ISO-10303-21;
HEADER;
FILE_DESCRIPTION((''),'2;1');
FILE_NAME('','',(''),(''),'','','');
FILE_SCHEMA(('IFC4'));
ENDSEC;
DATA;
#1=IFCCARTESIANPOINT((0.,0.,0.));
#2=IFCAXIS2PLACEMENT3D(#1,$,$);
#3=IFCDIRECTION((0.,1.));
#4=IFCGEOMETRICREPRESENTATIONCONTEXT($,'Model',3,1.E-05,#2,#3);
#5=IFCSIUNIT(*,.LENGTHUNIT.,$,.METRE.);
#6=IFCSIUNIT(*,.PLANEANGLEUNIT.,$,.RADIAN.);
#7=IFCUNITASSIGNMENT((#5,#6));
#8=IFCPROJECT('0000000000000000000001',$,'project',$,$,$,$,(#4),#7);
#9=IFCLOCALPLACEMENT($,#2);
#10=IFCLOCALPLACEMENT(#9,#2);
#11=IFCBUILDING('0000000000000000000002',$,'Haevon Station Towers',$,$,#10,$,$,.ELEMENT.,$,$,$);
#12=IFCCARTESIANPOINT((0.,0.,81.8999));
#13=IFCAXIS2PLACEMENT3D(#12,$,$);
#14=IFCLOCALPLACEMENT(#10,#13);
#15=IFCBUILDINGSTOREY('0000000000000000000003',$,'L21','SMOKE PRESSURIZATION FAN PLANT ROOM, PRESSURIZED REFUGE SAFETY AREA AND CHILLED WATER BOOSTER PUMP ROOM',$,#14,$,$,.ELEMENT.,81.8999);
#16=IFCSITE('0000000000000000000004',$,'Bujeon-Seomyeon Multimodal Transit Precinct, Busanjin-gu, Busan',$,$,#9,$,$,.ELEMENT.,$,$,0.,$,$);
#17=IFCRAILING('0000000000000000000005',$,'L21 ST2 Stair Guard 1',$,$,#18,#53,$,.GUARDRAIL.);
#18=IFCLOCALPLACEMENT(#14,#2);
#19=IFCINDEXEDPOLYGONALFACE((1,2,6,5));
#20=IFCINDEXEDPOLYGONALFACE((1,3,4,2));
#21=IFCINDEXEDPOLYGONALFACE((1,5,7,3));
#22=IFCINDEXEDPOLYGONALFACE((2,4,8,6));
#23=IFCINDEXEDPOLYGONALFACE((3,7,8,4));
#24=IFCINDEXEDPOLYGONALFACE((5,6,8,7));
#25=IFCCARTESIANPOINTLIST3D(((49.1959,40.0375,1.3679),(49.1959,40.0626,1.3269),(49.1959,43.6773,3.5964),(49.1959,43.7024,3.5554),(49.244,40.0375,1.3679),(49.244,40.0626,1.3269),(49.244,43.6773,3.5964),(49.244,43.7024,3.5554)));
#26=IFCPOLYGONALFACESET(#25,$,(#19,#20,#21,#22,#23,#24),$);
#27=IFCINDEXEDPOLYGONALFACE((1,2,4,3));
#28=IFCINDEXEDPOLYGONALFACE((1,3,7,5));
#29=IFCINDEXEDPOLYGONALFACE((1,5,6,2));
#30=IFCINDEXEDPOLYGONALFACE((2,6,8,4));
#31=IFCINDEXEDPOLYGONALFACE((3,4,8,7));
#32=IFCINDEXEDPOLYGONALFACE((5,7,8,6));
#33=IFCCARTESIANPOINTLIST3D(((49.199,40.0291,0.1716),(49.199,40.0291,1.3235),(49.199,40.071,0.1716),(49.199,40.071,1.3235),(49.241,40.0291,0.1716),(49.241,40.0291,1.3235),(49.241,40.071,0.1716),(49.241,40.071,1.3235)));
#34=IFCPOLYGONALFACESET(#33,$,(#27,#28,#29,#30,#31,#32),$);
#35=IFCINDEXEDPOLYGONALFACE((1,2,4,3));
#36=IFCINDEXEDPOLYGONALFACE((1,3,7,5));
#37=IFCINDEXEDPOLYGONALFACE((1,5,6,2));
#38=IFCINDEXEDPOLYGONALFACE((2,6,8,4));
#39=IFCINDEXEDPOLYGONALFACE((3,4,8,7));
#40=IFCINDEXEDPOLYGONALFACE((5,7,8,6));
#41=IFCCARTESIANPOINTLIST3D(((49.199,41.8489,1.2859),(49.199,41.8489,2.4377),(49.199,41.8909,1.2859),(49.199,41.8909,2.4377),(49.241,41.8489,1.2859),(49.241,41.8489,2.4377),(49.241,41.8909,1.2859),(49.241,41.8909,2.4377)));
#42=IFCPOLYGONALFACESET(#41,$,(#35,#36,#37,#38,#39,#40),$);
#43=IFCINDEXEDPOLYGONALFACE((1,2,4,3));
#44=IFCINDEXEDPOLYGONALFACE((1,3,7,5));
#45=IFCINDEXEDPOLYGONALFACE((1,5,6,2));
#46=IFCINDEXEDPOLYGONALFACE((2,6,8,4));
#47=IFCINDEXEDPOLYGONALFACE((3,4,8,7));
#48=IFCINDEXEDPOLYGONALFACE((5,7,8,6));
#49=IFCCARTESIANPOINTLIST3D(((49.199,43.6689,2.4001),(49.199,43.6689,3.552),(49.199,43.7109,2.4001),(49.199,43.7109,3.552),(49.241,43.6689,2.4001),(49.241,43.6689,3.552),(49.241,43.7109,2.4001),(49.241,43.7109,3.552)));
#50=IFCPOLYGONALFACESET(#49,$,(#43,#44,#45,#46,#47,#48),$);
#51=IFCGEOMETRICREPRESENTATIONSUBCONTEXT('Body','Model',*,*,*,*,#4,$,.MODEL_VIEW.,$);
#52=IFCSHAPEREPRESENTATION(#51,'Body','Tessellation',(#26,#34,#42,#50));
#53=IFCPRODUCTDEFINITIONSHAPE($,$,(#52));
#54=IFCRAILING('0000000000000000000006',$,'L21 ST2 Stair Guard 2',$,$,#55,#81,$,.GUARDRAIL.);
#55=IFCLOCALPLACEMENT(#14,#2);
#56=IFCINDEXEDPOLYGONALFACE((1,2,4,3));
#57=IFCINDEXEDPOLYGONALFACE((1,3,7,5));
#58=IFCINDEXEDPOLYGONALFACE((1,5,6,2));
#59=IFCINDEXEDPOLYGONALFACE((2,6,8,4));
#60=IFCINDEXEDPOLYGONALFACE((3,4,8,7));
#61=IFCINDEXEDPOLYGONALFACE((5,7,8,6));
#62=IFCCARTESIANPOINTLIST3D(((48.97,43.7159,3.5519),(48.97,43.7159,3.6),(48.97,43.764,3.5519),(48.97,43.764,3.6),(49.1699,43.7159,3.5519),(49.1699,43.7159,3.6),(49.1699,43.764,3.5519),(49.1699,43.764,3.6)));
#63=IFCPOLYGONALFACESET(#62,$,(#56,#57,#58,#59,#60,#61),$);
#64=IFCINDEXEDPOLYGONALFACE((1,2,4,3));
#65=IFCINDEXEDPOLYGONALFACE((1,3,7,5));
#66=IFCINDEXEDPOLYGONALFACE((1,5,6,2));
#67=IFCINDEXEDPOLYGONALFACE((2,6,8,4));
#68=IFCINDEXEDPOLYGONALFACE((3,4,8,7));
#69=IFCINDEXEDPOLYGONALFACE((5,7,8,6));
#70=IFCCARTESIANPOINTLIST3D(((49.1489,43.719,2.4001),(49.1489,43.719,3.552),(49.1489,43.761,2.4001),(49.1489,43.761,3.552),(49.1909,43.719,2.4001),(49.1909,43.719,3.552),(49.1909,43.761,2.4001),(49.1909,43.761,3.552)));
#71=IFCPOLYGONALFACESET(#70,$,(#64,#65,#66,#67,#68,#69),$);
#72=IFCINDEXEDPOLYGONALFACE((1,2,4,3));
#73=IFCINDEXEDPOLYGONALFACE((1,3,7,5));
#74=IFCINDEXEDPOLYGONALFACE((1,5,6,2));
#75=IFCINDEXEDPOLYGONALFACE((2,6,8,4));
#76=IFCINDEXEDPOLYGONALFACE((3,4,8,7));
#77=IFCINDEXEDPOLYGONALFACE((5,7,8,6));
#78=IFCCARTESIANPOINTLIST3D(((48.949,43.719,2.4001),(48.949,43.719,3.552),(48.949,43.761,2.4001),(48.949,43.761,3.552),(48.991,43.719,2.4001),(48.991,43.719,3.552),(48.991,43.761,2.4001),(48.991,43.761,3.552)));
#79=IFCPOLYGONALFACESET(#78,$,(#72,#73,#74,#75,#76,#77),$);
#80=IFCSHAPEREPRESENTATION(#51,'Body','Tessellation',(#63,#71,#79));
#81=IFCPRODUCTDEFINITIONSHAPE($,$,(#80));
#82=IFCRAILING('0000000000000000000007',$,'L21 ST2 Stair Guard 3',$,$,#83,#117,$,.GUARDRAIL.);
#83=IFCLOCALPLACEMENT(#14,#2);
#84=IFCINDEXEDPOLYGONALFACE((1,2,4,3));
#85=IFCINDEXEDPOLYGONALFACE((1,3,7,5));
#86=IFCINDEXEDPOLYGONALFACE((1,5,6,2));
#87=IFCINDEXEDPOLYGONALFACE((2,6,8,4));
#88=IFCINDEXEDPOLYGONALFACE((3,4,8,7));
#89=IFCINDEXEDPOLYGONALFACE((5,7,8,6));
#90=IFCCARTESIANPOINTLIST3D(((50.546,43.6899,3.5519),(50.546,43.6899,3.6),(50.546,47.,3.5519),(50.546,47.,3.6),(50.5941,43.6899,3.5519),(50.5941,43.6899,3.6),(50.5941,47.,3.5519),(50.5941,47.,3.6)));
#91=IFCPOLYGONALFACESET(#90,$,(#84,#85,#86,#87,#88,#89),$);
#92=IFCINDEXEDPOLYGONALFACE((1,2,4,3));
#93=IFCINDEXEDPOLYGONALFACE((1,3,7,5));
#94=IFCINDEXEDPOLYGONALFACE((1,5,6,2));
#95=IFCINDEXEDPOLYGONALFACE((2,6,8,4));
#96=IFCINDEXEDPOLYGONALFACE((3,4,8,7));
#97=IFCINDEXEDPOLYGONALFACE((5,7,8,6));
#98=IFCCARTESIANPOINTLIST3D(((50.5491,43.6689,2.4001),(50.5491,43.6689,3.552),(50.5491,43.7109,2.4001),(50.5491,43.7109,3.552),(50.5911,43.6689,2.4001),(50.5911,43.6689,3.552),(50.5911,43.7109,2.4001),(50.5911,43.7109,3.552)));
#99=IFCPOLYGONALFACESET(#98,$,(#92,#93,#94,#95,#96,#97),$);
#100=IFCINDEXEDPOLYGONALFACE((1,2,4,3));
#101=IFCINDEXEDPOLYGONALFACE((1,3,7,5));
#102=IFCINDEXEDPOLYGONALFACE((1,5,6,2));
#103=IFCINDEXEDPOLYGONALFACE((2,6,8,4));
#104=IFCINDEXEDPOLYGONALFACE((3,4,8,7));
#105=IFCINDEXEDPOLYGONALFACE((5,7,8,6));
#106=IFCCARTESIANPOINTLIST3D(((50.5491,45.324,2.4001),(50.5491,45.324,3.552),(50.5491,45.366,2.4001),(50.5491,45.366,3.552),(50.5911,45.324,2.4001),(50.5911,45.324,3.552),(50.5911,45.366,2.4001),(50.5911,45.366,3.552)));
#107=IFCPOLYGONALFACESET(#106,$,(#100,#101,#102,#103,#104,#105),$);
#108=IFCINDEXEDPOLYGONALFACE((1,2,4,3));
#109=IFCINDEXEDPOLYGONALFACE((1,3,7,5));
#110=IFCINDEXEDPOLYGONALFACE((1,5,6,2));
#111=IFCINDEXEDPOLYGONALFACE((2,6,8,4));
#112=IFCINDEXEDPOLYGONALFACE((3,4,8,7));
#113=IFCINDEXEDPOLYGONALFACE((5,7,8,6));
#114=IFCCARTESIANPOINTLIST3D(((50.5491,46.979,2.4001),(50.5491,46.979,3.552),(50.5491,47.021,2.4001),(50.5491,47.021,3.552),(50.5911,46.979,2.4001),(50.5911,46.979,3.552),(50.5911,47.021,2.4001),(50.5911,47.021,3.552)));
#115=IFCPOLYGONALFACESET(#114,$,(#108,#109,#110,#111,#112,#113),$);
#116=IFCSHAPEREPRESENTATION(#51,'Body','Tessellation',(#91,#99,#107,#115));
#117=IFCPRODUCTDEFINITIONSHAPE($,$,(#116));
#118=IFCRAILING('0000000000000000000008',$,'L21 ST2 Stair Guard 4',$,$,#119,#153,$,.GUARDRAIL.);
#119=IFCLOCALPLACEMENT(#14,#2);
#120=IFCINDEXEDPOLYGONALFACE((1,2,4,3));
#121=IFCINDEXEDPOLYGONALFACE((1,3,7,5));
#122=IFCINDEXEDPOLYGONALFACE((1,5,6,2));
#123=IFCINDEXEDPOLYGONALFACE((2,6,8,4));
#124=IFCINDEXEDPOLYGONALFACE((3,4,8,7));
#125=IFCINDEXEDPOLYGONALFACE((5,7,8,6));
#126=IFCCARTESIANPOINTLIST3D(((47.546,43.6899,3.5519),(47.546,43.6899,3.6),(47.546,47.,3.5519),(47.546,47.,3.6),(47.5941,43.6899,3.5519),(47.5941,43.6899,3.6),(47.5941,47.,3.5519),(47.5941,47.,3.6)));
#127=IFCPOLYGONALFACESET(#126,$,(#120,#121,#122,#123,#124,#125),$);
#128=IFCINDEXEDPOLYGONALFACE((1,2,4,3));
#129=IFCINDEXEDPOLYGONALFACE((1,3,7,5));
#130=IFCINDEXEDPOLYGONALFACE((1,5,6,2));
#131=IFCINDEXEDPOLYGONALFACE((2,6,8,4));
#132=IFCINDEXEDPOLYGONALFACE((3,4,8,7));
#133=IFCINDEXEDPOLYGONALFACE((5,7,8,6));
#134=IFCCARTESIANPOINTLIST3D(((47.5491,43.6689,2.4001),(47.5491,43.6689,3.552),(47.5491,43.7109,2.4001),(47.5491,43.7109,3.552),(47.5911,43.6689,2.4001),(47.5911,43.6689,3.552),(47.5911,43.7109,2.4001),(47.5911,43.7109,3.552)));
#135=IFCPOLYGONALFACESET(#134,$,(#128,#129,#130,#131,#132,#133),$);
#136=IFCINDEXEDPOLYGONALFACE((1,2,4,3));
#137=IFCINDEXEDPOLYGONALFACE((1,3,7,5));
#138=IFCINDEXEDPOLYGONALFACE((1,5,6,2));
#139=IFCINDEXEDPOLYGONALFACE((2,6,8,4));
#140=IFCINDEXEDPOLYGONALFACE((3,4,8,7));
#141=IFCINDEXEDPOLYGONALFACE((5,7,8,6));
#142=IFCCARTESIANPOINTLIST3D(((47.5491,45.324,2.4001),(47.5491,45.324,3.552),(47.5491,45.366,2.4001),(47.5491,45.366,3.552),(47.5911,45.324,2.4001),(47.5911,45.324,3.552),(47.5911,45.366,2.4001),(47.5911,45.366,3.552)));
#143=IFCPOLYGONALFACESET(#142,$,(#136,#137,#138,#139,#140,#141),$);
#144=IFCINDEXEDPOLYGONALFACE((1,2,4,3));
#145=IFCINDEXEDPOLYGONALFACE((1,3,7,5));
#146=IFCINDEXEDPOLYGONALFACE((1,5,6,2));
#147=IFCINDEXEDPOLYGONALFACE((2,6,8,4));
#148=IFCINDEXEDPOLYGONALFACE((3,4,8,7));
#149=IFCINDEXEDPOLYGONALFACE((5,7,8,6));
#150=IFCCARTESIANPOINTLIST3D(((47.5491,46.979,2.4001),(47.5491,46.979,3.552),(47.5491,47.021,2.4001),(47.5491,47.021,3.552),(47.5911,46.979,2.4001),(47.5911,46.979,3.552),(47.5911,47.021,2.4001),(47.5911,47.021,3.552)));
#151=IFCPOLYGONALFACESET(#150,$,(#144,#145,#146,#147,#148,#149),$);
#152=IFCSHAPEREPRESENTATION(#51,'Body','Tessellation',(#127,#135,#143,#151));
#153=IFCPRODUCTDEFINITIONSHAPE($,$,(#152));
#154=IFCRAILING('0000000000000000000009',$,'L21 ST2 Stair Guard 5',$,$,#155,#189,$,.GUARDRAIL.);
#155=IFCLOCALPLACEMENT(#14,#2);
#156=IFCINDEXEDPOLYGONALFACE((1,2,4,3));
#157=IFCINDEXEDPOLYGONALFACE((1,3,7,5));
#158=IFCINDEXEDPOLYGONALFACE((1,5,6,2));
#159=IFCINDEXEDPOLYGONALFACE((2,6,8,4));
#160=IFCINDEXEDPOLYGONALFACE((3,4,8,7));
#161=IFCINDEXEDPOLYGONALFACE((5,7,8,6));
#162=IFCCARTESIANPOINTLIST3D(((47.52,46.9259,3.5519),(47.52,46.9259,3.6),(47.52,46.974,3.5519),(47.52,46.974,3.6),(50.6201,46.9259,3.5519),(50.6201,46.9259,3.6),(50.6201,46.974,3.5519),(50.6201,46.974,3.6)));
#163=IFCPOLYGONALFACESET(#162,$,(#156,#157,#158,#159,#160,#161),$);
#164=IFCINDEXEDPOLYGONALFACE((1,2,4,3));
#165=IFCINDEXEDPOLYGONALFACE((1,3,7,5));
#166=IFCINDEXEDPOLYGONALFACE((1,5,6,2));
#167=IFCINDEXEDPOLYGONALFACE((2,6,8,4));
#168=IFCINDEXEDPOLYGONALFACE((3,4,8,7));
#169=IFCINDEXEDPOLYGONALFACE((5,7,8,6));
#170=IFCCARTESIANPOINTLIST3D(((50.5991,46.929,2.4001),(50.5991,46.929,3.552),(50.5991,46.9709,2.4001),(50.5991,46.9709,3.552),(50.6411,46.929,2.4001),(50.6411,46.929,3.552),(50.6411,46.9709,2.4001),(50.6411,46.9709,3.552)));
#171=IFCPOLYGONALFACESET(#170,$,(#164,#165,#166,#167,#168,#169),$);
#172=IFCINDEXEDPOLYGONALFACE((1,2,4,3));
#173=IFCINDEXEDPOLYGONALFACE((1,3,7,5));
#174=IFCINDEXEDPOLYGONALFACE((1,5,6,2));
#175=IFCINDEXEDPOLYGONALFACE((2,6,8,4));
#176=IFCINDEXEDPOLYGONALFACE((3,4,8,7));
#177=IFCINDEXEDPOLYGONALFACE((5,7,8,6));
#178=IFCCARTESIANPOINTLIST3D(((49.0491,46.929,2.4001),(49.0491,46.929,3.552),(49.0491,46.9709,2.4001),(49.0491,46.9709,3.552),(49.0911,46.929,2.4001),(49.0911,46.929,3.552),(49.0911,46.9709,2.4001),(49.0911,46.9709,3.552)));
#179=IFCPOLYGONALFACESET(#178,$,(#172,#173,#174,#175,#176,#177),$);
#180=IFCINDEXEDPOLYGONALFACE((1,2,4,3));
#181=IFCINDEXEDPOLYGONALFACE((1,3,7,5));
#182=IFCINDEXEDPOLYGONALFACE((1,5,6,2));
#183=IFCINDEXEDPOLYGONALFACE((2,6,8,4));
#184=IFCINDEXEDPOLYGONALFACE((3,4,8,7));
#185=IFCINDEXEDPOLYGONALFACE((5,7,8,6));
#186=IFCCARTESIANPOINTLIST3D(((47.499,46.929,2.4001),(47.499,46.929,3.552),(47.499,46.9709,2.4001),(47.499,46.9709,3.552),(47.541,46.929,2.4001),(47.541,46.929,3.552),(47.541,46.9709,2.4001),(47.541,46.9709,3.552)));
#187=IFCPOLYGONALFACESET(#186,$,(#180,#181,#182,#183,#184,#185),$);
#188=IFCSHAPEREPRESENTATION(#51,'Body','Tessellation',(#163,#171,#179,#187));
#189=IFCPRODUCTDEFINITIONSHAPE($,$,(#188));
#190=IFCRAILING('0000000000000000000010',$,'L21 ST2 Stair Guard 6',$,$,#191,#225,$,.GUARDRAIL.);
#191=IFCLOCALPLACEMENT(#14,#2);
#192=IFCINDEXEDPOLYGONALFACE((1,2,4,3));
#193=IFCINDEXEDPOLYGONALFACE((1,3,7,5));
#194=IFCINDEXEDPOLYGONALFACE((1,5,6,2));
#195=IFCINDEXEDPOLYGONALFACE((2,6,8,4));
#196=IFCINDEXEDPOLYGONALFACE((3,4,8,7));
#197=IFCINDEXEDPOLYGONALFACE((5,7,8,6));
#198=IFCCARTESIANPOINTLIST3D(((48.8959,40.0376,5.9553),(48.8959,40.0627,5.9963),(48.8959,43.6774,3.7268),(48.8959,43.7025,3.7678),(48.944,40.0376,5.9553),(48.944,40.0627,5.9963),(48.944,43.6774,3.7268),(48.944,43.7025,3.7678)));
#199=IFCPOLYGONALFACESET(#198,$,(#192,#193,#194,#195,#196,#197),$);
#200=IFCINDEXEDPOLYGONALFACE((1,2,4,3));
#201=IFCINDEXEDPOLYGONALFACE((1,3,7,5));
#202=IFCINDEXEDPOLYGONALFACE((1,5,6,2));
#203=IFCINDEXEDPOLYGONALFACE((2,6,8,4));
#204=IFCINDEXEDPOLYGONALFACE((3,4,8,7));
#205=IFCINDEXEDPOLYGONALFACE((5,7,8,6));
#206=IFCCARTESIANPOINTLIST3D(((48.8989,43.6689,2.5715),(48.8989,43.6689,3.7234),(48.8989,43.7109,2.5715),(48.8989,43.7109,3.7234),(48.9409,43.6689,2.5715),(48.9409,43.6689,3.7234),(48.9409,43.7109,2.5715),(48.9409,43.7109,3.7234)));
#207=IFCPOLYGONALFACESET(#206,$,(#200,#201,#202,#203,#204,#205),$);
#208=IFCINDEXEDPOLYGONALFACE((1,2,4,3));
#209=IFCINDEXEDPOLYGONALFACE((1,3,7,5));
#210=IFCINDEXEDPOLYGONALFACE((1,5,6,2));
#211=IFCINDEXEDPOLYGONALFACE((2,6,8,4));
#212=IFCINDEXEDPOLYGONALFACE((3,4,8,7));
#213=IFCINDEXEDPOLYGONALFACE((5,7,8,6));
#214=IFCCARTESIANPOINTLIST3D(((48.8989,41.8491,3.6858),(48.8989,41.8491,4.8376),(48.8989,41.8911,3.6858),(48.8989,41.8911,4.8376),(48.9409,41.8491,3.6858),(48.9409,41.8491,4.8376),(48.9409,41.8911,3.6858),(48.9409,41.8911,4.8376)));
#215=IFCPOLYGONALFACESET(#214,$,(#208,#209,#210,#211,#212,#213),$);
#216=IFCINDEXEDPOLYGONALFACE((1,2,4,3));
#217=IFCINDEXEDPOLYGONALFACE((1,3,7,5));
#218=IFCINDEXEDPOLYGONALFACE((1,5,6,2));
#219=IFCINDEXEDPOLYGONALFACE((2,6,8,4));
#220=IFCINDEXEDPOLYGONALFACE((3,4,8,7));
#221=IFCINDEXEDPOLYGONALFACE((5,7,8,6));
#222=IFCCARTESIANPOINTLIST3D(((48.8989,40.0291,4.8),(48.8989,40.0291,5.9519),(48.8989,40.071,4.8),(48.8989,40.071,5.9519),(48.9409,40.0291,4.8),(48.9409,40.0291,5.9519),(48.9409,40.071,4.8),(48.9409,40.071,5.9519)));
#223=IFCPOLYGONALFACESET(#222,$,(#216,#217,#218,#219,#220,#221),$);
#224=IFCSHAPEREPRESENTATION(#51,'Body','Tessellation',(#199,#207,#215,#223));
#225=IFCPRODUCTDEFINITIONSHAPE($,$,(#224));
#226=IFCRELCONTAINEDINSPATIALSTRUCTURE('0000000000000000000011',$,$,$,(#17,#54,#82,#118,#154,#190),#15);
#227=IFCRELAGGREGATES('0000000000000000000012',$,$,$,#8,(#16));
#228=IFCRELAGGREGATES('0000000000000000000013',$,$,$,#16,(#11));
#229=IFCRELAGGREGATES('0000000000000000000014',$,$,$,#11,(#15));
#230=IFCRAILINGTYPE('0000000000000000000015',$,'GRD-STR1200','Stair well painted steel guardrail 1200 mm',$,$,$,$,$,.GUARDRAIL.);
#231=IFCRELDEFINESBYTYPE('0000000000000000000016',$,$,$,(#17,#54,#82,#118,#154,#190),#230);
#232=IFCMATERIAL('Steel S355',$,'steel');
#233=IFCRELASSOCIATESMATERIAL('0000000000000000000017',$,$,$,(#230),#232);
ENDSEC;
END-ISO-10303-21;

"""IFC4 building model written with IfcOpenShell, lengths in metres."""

from ifc_helpers import new_model, si_unit, direction, frame, origin, origin_2d, place, context, subcontext, project, spatial, rectangle, extrude, material, type_object, element, save


model = new_model("IFC4")

# Units and contexts
model_context = context("Model", 3, precision=1e-05, world=origin(), true_north=direction((0.0, 1.0)))
body_context = subcontext(model_context, "Body", "Model", "MODEL_VIEW")
ifc_project = project(units=[si_unit("LENGTHUNIT", "METRE"), si_unit("PLANEANGLEUNIT", "RADIAN")], contexts=[model_context])

# Site, building, storey
site_placement = place(None, origin())
site = spatial("IfcSite", under=ifc_project, at=site_placement, Name="Bujeon-Seomyeon Multimodal Transit Precinct, Busanjin-gu, Busan", CompositionType="ELEMENT", RefElevation=0.0)
building_placement = place(site_placement, origin())
building = spatial("IfcBuilding", under=site, at=building_placement, Name="Haevon Station Towers", CompositionType="ELEMENT")
storey_placement = place(building_placement, frame((0.0, 0.0, 81.8999)))
storey = spatial("IfcBuildingStorey", under=building, at=storey_placement, Name="L21", Description="SMOKE PRESSURIZATION FAN PLANT ROOM, PRESSURIZED REFUGE SAFETY AREA AND CHILLED WATER BOOSTER PUMP ROOM", CompositionType="ELEMENT", Elevation=81.8999)

# Shared definitions
ifc_material_1 = material(Name="Steel S355", Category="steel")

# Railings
railing_type_1 = type_object("IfcRailingType", Name="GRD-STR1200", Description="Stair well painted steel guardrail 1200 mm", PredefinedType="GUARDRAIL", material=ifc_material_1)
railing_1_placement = place(storey_placement, frame((49.22, 40.05, 0.1716)))
element("IfcRailing", 1, at=railing_1_placement, inside=storey, type_object=railing_type_1, Name="L21 ST2 Stair Guard 1", PredefinedType="GUARDRAIL", context=body_context, shape_type="SweptSolid", body=[
    extrude(rectangle(XDim=0.0481, YDim=0.0481, at=origin_2d()), frame((0.0, 0.0, 1.1758), z_axis=(0.0, 0.85285, 0.522156), x_axis=(-1.0, 0.0, 0.0)), (0.0, 0.0, 1.0), 4.2678),
    extrude(rectangle(XDim=0.042, YDim=0.042, at=origin_2d()), origin(), (0.0, 0.0, 1.0), 1.1519),
    extrude(rectangle(XDim=0.042, YDim=0.042, at=origin_2d()), frame((0.0, 1.8198, 1.1143)), (0.0, 0.0, 1.0), 1.1519),
    extrude(rectangle(XDim=0.042, YDim=0.042, at=origin_2d()), frame((0.0, 3.6399, 2.2285)), (0.0, 0.0, 1.0), 1.1519),
])
railing_2_placement = place(storey_placement, frame((49.1699, 43.74, 2.4001)))
element("IfcRailing", 2, at=railing_2_placement, inside=storey, type_object=railing_type_1, Name="L21 ST2 Stair Guard 2", PredefinedType="GUARDRAIL", context=body_context, shape_type="SweptSolid", body=[
    extrude(rectangle(XDim=0.0481, YDim=0.0481, at=origin_2d()), frame((0.0, 0.0, 1.1758), z_axis=(-1.0, 0.0, 0.0), x_axis=(0.0, -1.0, 0.0)), (0.0, 0.0, 1.0), 0.2),
    extrude(rectangle(XDim=0.042, YDim=0.042, at=origin_2d()), origin(), (0.0, 0.0, 1.0), 1.1519),
    extrude(rectangle(XDim=0.042, YDim=0.042, at=origin_2d()), frame((-0.2, 0.0, 0.0)), (0.0, 0.0, 1.0), 1.1519),
])
for number, where, name in (
    (3, (50.5701, 43.6899, 2.4001), "L21 ST2 Stair Guard 3"),
    (4, (47.5701, 43.6899, 2.4001), "L21 ST2 Stair Guard 4"),
):
    element("IfcRailing", number, at=place(storey_placement, frame(where)), inside=storey, type_object=railing_type_1, Name=name, PredefinedType="GUARDRAIL", context=body_context, shape_type="SweptSolid", body=[
        extrude(rectangle(XDim=0.0481, YDim=0.0481, at=origin_2d()), frame((0.0, 0.0, 1.1758), z_axis=(0.0, 1.0, 0.0), x_axis=(-1.0, 0.0, 0.0)), (0.0, 0.0, 1.0), 3.3101),
        extrude(rectangle(XDim=0.042, YDim=0.042, at=origin_2d()), origin(), (0.0, 0.0, 1.0), 1.1519),
        extrude(rectangle(XDim=0.042, YDim=0.042, at=origin_2d()), frame((0.0, 1.655, 0.0)), (0.0, 0.0, 1.0), 1.1519),
        extrude(rectangle(XDim=0.042, YDim=0.042, at=origin_2d()), frame((0.0, 3.3101, 0.0)), (0.0, 0.0, 1.0), 1.1519),
    ])
railing_3_placement = place(storey_placement, frame((50.6201, 46.95, 2.4001)))
element("IfcRailing", 5, at=railing_3_placement, inside=storey, type_object=railing_type_1, Name="L21 ST2 Stair Guard 5", PredefinedType="GUARDRAIL", context=body_context, shape_type="SweptSolid", body=[
    extrude(rectangle(XDim=0.0481, YDim=0.0481, at=origin_2d()), frame((0.0, 0.0, 1.1758), z_axis=(-1.0, 0.0, 0.0), x_axis=(0.0, -1.0, 0.0)), (0.0, 0.0, 1.0), 3.1001),
    extrude(rectangle(XDim=0.042, YDim=0.042, at=origin_2d()), origin(), (0.0, 0.0, 1.0), 1.1519),
    extrude(rectangle(XDim=0.042, YDim=0.042, at=origin_2d()), frame((-1.55, 0.0, 0.0)), (0.0, 0.0, 1.0), 1.1519),
    extrude(rectangle(XDim=0.042, YDim=0.042, at=origin_2d()), frame((-3.1001, 0.0, 0.0)), (0.0, 0.0, 1.0), 1.1519),
])
railing_4_placement = place(storey_placement, frame((48.9199, 43.6899, 2.5715)))
element("IfcRailing", 6, at=railing_4_placement, inside=storey, type_object=railing_type_1, Name="L21 ST2 Stair Guard 6", PredefinedType="GUARDRAIL", context=body_context, shape_type="SweptSolid", body=[
    extrude(rectangle(XDim=0.0481, YDim=0.0481, at=origin_2d()), frame((0.0, 0.0, 1.1758), z_axis=(0.0, -0.85285, 0.522156), x_axis=(1.0, 0.0, 0.0)), (0.0, 0.0, 1.0), 4.2678),
    extrude(rectangle(XDim=0.042, YDim=0.042, at=origin_2d()), origin(), (0.0, 0.0, 1.0), 1.1519),
    extrude(rectangle(XDim=0.042, YDim=0.042, at=origin_2d()), frame((0.0, -1.8198, 1.1143)), (0.0, 0.0, 1.0), 1.1519),
    extrude(rectangle(XDim=0.042, YDim=0.042, at=origin_2d()), frame((0.0, -3.6399, 2.2285)), (0.0, 0.0, 1.0), 1.1519),
])

save(model, "model.ifc")
